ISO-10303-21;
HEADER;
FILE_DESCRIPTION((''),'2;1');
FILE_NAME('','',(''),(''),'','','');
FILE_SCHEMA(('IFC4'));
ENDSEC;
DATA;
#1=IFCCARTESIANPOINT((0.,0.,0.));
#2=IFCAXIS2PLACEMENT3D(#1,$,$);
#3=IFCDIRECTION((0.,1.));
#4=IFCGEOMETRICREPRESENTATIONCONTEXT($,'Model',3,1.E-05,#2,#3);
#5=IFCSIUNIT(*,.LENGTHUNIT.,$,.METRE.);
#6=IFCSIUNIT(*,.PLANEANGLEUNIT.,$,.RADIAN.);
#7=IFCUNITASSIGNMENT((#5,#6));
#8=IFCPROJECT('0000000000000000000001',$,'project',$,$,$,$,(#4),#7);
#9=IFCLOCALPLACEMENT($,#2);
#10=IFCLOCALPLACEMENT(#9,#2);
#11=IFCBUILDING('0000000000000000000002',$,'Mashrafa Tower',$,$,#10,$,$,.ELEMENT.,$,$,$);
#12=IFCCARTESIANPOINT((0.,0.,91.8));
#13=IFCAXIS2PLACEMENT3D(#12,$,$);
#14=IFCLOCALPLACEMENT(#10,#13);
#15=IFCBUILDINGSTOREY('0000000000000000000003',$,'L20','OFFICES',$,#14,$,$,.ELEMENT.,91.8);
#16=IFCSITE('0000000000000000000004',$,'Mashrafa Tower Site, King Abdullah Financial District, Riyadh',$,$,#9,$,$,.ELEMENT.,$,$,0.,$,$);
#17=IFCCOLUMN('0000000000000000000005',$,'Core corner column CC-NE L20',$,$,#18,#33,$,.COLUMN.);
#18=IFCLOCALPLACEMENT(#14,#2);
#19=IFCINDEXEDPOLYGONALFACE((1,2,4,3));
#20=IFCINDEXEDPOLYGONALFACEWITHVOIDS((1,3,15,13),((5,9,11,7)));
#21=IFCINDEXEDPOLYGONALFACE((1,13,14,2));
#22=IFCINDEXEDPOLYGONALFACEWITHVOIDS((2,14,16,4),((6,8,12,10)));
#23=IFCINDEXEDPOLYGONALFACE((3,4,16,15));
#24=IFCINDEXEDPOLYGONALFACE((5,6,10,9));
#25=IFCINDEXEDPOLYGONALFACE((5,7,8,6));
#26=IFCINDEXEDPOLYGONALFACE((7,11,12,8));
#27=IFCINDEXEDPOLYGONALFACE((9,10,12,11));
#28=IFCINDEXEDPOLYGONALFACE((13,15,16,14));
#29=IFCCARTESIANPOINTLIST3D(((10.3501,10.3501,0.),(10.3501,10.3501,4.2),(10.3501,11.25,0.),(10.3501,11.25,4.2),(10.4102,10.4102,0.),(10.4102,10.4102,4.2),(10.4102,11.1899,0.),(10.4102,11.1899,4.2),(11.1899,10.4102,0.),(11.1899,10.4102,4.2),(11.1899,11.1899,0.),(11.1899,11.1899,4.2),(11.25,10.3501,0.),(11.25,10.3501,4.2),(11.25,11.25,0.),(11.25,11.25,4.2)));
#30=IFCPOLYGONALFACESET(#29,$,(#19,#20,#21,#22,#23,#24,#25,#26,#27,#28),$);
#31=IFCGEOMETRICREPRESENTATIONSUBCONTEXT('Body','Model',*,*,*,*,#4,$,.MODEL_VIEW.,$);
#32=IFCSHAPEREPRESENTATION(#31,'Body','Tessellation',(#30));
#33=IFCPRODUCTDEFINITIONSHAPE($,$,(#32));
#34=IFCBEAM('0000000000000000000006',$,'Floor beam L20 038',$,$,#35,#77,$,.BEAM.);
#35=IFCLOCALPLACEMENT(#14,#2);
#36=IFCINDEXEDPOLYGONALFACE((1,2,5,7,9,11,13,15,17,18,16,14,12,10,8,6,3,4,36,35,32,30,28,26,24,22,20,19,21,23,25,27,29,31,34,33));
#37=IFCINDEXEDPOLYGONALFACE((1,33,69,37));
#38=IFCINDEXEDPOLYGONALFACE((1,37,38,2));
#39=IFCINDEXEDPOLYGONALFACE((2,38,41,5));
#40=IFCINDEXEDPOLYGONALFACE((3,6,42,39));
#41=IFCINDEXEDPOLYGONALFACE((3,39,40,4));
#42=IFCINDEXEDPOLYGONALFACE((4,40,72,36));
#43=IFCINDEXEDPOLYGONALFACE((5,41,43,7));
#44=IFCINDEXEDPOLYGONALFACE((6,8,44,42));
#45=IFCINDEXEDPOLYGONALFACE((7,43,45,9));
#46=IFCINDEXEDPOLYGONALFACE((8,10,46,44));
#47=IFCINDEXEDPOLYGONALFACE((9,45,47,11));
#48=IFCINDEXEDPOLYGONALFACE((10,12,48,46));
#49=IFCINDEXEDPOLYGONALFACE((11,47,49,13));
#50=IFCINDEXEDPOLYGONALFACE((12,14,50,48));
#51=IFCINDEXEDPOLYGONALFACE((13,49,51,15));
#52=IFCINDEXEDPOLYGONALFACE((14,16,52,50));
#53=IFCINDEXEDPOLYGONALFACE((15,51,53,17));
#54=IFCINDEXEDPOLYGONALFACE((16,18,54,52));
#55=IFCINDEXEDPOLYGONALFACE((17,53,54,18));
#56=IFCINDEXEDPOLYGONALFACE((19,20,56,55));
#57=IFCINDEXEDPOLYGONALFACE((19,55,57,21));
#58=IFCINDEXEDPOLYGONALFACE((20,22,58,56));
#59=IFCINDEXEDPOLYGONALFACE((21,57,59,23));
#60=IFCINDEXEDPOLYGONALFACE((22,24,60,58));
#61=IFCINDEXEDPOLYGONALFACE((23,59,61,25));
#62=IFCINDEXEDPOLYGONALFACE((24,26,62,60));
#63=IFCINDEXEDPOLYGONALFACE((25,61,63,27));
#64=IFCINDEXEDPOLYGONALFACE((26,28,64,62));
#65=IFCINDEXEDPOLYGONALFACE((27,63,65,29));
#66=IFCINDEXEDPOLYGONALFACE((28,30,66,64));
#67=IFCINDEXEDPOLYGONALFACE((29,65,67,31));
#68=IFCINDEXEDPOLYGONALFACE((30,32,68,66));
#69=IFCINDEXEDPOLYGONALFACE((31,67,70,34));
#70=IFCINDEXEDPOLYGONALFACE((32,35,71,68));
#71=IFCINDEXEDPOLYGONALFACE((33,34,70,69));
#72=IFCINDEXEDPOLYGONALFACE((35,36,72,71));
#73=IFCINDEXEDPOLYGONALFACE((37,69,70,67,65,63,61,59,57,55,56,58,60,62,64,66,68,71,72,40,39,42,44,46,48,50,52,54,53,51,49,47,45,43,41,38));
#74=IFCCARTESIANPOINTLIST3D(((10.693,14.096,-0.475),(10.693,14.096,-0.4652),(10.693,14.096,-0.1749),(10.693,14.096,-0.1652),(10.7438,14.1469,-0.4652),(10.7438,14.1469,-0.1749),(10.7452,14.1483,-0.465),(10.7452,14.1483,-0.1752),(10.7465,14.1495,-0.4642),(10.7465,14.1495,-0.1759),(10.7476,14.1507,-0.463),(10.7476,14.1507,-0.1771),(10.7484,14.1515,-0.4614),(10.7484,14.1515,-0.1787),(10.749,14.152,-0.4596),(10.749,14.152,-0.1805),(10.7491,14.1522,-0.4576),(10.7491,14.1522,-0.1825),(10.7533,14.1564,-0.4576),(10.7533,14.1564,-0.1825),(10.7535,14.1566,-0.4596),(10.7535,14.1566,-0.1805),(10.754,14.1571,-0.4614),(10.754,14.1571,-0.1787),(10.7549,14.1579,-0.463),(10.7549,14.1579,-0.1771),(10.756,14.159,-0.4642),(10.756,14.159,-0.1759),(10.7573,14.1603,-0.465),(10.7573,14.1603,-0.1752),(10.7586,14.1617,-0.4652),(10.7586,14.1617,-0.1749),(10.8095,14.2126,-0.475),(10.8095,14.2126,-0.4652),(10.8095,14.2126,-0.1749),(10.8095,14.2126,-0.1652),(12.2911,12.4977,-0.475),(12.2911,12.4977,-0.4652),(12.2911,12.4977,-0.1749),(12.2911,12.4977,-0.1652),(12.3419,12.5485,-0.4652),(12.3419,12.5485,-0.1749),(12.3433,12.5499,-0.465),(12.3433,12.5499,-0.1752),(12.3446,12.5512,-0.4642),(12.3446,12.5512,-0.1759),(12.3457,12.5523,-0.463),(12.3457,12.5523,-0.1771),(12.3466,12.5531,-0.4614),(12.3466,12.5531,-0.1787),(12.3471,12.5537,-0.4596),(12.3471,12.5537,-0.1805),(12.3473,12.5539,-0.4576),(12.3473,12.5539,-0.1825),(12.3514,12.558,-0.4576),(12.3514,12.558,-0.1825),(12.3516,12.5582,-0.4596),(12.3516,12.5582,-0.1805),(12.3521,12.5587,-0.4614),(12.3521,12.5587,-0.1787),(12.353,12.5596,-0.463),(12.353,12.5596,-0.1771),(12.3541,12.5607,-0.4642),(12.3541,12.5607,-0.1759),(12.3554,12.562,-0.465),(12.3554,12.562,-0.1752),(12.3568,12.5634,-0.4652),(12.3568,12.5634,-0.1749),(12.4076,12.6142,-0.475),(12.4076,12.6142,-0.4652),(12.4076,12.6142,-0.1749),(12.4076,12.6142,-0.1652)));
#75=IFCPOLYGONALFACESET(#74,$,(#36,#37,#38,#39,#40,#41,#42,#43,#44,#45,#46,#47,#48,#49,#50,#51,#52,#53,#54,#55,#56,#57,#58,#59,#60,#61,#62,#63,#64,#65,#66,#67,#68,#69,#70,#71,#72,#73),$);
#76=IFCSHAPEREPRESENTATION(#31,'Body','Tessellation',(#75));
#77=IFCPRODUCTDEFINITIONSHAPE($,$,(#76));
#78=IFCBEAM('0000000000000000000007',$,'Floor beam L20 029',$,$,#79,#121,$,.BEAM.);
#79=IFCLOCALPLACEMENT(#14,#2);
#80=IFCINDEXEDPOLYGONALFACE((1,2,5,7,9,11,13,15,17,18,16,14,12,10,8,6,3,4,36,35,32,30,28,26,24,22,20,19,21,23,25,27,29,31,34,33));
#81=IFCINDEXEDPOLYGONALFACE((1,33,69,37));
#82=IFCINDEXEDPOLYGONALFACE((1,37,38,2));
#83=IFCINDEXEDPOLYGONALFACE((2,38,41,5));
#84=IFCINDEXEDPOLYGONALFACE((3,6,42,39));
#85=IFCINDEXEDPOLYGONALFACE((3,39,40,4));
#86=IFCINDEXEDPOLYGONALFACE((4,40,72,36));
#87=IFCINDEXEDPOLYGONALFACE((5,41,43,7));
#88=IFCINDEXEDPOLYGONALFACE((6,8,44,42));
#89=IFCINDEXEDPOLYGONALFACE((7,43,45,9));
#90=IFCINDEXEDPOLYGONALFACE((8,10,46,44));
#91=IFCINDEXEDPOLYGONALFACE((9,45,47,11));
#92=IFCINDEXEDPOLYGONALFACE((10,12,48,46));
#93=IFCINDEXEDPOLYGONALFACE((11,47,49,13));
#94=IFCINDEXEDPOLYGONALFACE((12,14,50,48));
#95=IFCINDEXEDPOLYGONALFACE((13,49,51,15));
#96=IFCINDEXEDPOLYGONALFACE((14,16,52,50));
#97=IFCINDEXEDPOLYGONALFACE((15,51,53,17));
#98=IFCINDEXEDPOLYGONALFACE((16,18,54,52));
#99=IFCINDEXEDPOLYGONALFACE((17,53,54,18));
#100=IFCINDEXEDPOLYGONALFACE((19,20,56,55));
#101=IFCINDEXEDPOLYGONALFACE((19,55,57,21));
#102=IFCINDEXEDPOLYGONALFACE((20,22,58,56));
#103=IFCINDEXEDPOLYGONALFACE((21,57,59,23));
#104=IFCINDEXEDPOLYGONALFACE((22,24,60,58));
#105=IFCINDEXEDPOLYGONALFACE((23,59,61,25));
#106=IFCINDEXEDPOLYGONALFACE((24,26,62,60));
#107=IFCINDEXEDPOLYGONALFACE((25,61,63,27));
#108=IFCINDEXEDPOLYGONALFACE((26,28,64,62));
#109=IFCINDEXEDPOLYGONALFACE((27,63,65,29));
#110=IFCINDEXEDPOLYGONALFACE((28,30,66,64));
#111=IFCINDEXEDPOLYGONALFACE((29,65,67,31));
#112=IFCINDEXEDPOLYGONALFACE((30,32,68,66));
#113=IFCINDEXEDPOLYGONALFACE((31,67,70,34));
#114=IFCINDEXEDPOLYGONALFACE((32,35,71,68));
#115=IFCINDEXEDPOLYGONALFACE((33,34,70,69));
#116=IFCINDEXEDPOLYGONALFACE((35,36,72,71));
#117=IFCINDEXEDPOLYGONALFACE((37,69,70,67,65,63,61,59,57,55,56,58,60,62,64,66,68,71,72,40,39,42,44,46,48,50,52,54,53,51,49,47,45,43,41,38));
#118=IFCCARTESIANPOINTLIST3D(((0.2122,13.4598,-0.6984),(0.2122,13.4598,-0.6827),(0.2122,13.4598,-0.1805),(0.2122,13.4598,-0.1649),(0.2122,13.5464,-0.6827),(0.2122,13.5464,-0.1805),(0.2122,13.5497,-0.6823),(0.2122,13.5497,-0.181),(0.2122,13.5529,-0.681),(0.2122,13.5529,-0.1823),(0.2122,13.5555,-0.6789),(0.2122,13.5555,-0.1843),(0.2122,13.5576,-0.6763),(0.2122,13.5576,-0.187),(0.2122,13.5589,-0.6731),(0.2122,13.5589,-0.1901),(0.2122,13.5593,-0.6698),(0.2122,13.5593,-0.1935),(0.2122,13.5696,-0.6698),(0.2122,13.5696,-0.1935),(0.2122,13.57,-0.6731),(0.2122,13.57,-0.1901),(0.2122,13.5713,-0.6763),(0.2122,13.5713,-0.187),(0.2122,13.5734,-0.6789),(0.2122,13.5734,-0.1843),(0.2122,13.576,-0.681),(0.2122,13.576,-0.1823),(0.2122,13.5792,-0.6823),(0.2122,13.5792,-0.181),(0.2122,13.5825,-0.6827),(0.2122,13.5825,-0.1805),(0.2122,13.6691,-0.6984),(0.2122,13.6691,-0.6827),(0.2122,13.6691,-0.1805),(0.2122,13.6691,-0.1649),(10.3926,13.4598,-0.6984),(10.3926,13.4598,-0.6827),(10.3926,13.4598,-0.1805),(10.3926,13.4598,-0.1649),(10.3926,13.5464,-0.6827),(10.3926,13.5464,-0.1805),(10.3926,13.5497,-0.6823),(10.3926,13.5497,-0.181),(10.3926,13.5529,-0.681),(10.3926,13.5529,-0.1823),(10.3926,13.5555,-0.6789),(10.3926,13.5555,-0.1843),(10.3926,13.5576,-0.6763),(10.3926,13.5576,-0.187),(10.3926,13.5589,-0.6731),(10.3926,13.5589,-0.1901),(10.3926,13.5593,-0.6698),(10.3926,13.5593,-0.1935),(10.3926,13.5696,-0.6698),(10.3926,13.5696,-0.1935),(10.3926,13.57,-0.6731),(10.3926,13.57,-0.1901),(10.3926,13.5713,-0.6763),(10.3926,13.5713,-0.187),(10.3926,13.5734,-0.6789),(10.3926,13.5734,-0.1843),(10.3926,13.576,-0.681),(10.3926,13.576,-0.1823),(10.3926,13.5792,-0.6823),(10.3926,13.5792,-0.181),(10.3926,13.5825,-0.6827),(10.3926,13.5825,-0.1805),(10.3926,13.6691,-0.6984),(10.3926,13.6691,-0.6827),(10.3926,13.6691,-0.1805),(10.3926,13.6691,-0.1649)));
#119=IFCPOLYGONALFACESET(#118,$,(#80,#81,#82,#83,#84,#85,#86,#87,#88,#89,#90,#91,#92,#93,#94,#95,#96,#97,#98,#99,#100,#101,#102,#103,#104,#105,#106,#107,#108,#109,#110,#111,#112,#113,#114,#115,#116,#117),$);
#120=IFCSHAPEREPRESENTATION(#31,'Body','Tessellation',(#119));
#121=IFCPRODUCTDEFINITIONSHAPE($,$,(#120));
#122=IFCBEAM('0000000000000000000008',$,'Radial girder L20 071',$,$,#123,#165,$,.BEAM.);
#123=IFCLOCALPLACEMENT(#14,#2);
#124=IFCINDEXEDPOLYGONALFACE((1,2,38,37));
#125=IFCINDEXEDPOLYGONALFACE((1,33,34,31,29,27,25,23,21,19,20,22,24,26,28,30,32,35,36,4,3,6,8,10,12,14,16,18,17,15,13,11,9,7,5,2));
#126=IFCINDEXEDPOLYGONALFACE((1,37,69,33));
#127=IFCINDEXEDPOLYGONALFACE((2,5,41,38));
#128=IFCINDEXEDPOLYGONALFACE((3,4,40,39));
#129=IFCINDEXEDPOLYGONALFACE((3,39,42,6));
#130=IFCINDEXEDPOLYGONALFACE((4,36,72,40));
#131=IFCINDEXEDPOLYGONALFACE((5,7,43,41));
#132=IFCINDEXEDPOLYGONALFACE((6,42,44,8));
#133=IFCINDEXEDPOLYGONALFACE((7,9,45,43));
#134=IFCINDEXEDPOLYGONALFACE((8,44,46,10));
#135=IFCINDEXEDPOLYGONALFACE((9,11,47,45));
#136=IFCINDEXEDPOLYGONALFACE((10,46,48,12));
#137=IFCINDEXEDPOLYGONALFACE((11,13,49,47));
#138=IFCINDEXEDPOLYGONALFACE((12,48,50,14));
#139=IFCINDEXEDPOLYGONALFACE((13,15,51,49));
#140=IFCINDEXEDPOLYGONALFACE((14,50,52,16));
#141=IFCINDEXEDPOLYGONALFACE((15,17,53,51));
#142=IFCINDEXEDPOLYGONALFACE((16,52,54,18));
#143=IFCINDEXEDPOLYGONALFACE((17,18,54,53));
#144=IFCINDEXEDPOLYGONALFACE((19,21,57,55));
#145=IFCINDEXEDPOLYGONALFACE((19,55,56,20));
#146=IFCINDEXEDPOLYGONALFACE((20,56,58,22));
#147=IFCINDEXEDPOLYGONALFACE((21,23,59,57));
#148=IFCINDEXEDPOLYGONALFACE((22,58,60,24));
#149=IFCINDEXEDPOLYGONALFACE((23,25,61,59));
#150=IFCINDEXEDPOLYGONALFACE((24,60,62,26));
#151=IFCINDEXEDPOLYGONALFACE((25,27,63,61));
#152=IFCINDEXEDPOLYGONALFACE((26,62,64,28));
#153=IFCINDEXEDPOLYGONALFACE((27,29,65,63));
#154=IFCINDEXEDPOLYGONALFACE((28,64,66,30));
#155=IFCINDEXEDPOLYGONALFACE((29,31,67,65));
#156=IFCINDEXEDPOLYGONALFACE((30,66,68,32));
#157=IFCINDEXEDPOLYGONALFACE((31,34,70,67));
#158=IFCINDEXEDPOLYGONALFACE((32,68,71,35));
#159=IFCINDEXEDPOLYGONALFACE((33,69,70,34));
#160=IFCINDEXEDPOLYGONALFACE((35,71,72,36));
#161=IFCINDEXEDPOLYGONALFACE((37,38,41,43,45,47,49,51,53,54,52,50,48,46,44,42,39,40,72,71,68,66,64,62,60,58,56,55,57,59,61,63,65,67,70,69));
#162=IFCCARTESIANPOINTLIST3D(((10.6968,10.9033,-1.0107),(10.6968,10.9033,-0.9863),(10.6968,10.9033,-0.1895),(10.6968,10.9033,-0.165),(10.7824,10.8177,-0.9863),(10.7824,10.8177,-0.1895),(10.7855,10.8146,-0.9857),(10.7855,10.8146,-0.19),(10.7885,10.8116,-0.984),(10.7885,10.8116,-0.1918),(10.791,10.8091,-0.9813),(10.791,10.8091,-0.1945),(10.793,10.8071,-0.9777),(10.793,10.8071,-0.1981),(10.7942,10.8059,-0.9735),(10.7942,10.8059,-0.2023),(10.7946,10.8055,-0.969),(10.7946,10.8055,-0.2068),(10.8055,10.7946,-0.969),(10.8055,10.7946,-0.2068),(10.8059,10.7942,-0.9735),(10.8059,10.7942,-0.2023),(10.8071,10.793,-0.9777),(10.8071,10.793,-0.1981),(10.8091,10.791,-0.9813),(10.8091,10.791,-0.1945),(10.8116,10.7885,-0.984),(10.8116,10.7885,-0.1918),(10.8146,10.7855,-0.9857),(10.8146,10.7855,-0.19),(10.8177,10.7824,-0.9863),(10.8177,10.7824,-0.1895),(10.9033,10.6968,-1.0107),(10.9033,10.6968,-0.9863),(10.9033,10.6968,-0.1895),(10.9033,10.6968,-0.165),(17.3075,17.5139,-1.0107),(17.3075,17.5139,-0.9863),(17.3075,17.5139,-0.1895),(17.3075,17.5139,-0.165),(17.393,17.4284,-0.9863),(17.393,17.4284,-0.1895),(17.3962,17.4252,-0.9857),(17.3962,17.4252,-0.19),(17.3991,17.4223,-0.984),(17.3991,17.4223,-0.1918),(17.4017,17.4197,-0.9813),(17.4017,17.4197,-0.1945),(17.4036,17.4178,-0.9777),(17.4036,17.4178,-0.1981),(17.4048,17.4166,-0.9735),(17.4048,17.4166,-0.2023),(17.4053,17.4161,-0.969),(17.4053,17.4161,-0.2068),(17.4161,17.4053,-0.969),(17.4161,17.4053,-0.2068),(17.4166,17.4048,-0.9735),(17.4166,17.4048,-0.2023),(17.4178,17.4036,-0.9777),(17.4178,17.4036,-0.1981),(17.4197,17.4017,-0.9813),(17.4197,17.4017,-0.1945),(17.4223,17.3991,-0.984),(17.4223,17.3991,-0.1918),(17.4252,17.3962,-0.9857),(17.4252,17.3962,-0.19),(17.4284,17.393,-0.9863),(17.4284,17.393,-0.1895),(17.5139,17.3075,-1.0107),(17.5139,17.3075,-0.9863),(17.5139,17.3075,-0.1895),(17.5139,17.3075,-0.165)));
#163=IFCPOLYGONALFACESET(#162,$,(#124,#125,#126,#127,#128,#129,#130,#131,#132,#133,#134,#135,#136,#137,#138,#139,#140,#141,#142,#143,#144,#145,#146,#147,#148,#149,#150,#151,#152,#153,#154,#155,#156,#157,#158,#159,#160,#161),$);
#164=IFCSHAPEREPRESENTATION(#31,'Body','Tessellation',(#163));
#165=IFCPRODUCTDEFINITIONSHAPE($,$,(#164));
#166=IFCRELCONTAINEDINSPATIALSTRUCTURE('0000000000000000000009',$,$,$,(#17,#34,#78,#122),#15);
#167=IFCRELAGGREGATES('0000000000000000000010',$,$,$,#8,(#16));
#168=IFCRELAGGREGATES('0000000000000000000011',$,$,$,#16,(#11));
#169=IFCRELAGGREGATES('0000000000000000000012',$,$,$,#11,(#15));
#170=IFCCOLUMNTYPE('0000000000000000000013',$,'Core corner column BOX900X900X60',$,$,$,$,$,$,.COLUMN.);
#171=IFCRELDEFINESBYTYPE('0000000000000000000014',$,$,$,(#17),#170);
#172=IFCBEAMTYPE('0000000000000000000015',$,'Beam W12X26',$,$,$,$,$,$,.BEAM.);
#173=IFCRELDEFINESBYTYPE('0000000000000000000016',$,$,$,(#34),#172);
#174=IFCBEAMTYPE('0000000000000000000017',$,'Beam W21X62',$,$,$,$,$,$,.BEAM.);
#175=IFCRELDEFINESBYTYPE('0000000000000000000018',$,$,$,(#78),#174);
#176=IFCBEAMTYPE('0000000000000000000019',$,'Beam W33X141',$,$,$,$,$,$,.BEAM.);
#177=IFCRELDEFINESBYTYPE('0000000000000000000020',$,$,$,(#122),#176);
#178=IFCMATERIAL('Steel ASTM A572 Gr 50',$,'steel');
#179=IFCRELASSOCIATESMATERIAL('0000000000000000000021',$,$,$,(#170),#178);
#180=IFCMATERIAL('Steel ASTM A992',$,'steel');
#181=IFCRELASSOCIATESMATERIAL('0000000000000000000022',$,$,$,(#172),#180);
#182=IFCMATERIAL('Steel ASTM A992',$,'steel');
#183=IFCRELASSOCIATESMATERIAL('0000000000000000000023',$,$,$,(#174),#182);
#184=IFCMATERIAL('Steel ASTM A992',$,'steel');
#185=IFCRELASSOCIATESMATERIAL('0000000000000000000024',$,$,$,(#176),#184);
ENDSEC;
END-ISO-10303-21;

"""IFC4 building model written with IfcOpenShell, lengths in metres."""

from ifc_helpers import new_model, si_unit, direction, frame, origin, origin_2d, place, context, subcontext, project, spatial, hollow_rectangle, i_section, extrude, material, material_profile, profile_set, type_object, element, save


model = new_model("IFC4")

# Units and contexts
model_context = context("Model", 3, precision=1e-05, world=origin(), true_north=direction((0.0, 1.0)))
body_context = subcontext(model_context, "Body", "Model", "MODEL_VIEW")
ifc_project = project(units=[si_unit("LENGTHUNIT", "METRE"), si_unit("PLANEANGLEUNIT", "RADIAN")], contexts=[model_context])

# Site, building, storey
site_placement = place(None, origin())
site = spatial("IfcSite", under=ifc_project, at=site_placement, Name="Mashrafa Tower Site, King Abdullah Financial District, Riyadh", CompositionType="ELEMENT", RefElevation=0.0)
building_placement = place(site_placement, origin())
building = spatial("IfcBuilding", under=site, at=building_placement, Name="Mashrafa Tower", CompositionType="ELEMENT")
storey_placement = place(building_placement, frame((0.0, 0.0, 91.8)))
storey = spatial("IfcBuildingStorey", under=building, at=storey_placement, Name="L20", Description="OFFICES", CompositionType="ELEMENT", Elevation=91.8)

# Column
ifc_material_1 = material(Name="Steel ASTM A572 Gr 50", Category="steel")
ifc_material_profile_1 = material_profile(ifc_material_1, hollow_rectangle(XDim=0.8999, YDim=0.8999, WallThickness=0.0601, at=origin_2d()), Name="BOX900X900X60")
ifc_profile_set_1 = profile_set([ifc_material_profile_1], Name="Steel ASTM A572 Gr 50")
column_type = type_object("IfcColumnType", Name="Core corner column BOX900X900X60", PredefinedType="COLUMN", material=ifc_profile_set_1)
column_placement = place(storey_placement, frame((10.8, 10.8, 0.0), z_axis=(0.0, 0.0, 1.0), x_axis=(1.0, 0.0, 0.0)))
element("IfcColumn", 1, at=column_placement, inside=storey, type_object=column_type, Name="Core corner column CC-NE L20", PredefinedType="COLUMN", context=body_context, shape_type="SweptSolid", body=[
    extrude(hollow_rectangle(XDim=0.8999, YDim=0.8999, WallThickness=0.0601, at=origin_2d()), origin(), (0.0, 0.0, 1.0), 4.2),
])

# Beams
ifc_material_2 = material(Name="Steel ASTM A992", Category="steel")
ifc_material_profile_2 = material_profile(ifc_material_2, i_section(OverallWidth=0.1648, OverallDepth=0.3098, WebThickness=0.0059, FlangeThickness=0.0098, FilletRadius=0.0076, at=origin_2d()), Name="W12X26")
ifc_profile_set_2 = profile_set([ifc_material_profile_2], Name="Steel ASTM A992")
beam_type_1 = type_object("IfcBeamType", Name="Beam W12X26", PredefinedType="BEAM", material=ifc_profile_set_2)
beam_1_placement = place(storey_placement, frame((10.7512, 14.1543, -0.3201), z_axis=(0.707053, -0.707161, 0.0), x_axis=(0.707161, 0.707053, 0.0)))
element("IfcBeam", 2, at=beam_1_placement, inside=storey, type_object=beam_type_1, Name="Floor beam L20 038", PredefinedType="BEAM", context=body_context, shape_type="SweptSolid", body=[
    extrude(i_section(OverallWidth=0.1648, OverallDepth=0.3098, WebThickness=0.0059, FlangeThickness=0.0098, FilletRadius=0.0076, at=origin_2d()), origin(), (0.0, 0.0, 1.0), 2.2603),
])
ifc_material_3 = material(Name="Steel ASTM A992", Category="steel")
ifc_material_profile_3 = material_profile(ifc_material_3, i_section(OverallWidth=0.2092, OverallDepth=0.5334, WebThickness=0.0103, FlangeThickness=0.0156, FilletRadius=0.0129, at=origin_2d()), Name="W21X62")
ifc_profile_set_3 = profile_set([ifc_material_profile_3], Name="Steel ASTM A992")
beam_type_2 = type_object("IfcBeamType", Name="Beam W21X62", PredefinedType="BEAM", material=ifc_profile_set_3)
beam_2_placement = place(storey_placement, frame((0.2122, 13.5645, -0.4316), z_axis=(1.0, 0.0, 0.0), x_axis=(0.0, 1.0, 0.0)))
element("IfcBeam", 3, at=beam_2_placement, inside=storey, type_object=beam_type_2, Name="Floor beam L20 029", PredefinedType="BEAM", context=body_context, shape_type="SweptSolid", body=[
    extrude(i_section(OverallWidth=0.2092, OverallDepth=0.5334, WebThickness=0.0103, FlangeThickness=0.0156, FilletRadius=0.0129, at=origin_2d()), origin(), (0.0, 0.0, 1.0), 10.1804),
])
ifc_material_4 = material(Name="Steel ASTM A992", Category="steel")
ifc_material_profile_4 = material_profile(ifc_material_4, i_section(OverallWidth=0.292, OverallDepth=0.8457, WebThickness=0.0154, FlangeThickness=0.0244, FilletRadius=0.0173, at=origin_2d()), Name="W33X141")
ifc_profile_set_4 = profile_set([ifc_material_profile_4], Name="Steel ASTM A992")
beam_type_3 = type_object("IfcBeamType", Name="Beam W33X141", PredefinedType="BEAM", material=ifc_profile_set_4)
beam_3_placement = place(storey_placement, frame((10.8, 10.8, -0.5879), z_axis=(0.707107, 0.707107, 0.0), x_axis=(-0.707107, 0.707107, 0.0)))
element("IfcBeam", 4, at=beam_3_placement, inside=storey, type_object=beam_type_3, Name="Radial girder L20 071", PredefinedType="BEAM", context=body_context, shape_type="SweptSolid", body=[
    extrude(i_section(OverallWidth=0.292, OverallDepth=0.8457, WebThickness=0.0154, FlangeThickness=0.0244, FilletRadius=0.0173, at=origin_2d()), origin(), (0.0, 0.0, 1.0), 9.3489),
])

save(model, "model.ifc")
